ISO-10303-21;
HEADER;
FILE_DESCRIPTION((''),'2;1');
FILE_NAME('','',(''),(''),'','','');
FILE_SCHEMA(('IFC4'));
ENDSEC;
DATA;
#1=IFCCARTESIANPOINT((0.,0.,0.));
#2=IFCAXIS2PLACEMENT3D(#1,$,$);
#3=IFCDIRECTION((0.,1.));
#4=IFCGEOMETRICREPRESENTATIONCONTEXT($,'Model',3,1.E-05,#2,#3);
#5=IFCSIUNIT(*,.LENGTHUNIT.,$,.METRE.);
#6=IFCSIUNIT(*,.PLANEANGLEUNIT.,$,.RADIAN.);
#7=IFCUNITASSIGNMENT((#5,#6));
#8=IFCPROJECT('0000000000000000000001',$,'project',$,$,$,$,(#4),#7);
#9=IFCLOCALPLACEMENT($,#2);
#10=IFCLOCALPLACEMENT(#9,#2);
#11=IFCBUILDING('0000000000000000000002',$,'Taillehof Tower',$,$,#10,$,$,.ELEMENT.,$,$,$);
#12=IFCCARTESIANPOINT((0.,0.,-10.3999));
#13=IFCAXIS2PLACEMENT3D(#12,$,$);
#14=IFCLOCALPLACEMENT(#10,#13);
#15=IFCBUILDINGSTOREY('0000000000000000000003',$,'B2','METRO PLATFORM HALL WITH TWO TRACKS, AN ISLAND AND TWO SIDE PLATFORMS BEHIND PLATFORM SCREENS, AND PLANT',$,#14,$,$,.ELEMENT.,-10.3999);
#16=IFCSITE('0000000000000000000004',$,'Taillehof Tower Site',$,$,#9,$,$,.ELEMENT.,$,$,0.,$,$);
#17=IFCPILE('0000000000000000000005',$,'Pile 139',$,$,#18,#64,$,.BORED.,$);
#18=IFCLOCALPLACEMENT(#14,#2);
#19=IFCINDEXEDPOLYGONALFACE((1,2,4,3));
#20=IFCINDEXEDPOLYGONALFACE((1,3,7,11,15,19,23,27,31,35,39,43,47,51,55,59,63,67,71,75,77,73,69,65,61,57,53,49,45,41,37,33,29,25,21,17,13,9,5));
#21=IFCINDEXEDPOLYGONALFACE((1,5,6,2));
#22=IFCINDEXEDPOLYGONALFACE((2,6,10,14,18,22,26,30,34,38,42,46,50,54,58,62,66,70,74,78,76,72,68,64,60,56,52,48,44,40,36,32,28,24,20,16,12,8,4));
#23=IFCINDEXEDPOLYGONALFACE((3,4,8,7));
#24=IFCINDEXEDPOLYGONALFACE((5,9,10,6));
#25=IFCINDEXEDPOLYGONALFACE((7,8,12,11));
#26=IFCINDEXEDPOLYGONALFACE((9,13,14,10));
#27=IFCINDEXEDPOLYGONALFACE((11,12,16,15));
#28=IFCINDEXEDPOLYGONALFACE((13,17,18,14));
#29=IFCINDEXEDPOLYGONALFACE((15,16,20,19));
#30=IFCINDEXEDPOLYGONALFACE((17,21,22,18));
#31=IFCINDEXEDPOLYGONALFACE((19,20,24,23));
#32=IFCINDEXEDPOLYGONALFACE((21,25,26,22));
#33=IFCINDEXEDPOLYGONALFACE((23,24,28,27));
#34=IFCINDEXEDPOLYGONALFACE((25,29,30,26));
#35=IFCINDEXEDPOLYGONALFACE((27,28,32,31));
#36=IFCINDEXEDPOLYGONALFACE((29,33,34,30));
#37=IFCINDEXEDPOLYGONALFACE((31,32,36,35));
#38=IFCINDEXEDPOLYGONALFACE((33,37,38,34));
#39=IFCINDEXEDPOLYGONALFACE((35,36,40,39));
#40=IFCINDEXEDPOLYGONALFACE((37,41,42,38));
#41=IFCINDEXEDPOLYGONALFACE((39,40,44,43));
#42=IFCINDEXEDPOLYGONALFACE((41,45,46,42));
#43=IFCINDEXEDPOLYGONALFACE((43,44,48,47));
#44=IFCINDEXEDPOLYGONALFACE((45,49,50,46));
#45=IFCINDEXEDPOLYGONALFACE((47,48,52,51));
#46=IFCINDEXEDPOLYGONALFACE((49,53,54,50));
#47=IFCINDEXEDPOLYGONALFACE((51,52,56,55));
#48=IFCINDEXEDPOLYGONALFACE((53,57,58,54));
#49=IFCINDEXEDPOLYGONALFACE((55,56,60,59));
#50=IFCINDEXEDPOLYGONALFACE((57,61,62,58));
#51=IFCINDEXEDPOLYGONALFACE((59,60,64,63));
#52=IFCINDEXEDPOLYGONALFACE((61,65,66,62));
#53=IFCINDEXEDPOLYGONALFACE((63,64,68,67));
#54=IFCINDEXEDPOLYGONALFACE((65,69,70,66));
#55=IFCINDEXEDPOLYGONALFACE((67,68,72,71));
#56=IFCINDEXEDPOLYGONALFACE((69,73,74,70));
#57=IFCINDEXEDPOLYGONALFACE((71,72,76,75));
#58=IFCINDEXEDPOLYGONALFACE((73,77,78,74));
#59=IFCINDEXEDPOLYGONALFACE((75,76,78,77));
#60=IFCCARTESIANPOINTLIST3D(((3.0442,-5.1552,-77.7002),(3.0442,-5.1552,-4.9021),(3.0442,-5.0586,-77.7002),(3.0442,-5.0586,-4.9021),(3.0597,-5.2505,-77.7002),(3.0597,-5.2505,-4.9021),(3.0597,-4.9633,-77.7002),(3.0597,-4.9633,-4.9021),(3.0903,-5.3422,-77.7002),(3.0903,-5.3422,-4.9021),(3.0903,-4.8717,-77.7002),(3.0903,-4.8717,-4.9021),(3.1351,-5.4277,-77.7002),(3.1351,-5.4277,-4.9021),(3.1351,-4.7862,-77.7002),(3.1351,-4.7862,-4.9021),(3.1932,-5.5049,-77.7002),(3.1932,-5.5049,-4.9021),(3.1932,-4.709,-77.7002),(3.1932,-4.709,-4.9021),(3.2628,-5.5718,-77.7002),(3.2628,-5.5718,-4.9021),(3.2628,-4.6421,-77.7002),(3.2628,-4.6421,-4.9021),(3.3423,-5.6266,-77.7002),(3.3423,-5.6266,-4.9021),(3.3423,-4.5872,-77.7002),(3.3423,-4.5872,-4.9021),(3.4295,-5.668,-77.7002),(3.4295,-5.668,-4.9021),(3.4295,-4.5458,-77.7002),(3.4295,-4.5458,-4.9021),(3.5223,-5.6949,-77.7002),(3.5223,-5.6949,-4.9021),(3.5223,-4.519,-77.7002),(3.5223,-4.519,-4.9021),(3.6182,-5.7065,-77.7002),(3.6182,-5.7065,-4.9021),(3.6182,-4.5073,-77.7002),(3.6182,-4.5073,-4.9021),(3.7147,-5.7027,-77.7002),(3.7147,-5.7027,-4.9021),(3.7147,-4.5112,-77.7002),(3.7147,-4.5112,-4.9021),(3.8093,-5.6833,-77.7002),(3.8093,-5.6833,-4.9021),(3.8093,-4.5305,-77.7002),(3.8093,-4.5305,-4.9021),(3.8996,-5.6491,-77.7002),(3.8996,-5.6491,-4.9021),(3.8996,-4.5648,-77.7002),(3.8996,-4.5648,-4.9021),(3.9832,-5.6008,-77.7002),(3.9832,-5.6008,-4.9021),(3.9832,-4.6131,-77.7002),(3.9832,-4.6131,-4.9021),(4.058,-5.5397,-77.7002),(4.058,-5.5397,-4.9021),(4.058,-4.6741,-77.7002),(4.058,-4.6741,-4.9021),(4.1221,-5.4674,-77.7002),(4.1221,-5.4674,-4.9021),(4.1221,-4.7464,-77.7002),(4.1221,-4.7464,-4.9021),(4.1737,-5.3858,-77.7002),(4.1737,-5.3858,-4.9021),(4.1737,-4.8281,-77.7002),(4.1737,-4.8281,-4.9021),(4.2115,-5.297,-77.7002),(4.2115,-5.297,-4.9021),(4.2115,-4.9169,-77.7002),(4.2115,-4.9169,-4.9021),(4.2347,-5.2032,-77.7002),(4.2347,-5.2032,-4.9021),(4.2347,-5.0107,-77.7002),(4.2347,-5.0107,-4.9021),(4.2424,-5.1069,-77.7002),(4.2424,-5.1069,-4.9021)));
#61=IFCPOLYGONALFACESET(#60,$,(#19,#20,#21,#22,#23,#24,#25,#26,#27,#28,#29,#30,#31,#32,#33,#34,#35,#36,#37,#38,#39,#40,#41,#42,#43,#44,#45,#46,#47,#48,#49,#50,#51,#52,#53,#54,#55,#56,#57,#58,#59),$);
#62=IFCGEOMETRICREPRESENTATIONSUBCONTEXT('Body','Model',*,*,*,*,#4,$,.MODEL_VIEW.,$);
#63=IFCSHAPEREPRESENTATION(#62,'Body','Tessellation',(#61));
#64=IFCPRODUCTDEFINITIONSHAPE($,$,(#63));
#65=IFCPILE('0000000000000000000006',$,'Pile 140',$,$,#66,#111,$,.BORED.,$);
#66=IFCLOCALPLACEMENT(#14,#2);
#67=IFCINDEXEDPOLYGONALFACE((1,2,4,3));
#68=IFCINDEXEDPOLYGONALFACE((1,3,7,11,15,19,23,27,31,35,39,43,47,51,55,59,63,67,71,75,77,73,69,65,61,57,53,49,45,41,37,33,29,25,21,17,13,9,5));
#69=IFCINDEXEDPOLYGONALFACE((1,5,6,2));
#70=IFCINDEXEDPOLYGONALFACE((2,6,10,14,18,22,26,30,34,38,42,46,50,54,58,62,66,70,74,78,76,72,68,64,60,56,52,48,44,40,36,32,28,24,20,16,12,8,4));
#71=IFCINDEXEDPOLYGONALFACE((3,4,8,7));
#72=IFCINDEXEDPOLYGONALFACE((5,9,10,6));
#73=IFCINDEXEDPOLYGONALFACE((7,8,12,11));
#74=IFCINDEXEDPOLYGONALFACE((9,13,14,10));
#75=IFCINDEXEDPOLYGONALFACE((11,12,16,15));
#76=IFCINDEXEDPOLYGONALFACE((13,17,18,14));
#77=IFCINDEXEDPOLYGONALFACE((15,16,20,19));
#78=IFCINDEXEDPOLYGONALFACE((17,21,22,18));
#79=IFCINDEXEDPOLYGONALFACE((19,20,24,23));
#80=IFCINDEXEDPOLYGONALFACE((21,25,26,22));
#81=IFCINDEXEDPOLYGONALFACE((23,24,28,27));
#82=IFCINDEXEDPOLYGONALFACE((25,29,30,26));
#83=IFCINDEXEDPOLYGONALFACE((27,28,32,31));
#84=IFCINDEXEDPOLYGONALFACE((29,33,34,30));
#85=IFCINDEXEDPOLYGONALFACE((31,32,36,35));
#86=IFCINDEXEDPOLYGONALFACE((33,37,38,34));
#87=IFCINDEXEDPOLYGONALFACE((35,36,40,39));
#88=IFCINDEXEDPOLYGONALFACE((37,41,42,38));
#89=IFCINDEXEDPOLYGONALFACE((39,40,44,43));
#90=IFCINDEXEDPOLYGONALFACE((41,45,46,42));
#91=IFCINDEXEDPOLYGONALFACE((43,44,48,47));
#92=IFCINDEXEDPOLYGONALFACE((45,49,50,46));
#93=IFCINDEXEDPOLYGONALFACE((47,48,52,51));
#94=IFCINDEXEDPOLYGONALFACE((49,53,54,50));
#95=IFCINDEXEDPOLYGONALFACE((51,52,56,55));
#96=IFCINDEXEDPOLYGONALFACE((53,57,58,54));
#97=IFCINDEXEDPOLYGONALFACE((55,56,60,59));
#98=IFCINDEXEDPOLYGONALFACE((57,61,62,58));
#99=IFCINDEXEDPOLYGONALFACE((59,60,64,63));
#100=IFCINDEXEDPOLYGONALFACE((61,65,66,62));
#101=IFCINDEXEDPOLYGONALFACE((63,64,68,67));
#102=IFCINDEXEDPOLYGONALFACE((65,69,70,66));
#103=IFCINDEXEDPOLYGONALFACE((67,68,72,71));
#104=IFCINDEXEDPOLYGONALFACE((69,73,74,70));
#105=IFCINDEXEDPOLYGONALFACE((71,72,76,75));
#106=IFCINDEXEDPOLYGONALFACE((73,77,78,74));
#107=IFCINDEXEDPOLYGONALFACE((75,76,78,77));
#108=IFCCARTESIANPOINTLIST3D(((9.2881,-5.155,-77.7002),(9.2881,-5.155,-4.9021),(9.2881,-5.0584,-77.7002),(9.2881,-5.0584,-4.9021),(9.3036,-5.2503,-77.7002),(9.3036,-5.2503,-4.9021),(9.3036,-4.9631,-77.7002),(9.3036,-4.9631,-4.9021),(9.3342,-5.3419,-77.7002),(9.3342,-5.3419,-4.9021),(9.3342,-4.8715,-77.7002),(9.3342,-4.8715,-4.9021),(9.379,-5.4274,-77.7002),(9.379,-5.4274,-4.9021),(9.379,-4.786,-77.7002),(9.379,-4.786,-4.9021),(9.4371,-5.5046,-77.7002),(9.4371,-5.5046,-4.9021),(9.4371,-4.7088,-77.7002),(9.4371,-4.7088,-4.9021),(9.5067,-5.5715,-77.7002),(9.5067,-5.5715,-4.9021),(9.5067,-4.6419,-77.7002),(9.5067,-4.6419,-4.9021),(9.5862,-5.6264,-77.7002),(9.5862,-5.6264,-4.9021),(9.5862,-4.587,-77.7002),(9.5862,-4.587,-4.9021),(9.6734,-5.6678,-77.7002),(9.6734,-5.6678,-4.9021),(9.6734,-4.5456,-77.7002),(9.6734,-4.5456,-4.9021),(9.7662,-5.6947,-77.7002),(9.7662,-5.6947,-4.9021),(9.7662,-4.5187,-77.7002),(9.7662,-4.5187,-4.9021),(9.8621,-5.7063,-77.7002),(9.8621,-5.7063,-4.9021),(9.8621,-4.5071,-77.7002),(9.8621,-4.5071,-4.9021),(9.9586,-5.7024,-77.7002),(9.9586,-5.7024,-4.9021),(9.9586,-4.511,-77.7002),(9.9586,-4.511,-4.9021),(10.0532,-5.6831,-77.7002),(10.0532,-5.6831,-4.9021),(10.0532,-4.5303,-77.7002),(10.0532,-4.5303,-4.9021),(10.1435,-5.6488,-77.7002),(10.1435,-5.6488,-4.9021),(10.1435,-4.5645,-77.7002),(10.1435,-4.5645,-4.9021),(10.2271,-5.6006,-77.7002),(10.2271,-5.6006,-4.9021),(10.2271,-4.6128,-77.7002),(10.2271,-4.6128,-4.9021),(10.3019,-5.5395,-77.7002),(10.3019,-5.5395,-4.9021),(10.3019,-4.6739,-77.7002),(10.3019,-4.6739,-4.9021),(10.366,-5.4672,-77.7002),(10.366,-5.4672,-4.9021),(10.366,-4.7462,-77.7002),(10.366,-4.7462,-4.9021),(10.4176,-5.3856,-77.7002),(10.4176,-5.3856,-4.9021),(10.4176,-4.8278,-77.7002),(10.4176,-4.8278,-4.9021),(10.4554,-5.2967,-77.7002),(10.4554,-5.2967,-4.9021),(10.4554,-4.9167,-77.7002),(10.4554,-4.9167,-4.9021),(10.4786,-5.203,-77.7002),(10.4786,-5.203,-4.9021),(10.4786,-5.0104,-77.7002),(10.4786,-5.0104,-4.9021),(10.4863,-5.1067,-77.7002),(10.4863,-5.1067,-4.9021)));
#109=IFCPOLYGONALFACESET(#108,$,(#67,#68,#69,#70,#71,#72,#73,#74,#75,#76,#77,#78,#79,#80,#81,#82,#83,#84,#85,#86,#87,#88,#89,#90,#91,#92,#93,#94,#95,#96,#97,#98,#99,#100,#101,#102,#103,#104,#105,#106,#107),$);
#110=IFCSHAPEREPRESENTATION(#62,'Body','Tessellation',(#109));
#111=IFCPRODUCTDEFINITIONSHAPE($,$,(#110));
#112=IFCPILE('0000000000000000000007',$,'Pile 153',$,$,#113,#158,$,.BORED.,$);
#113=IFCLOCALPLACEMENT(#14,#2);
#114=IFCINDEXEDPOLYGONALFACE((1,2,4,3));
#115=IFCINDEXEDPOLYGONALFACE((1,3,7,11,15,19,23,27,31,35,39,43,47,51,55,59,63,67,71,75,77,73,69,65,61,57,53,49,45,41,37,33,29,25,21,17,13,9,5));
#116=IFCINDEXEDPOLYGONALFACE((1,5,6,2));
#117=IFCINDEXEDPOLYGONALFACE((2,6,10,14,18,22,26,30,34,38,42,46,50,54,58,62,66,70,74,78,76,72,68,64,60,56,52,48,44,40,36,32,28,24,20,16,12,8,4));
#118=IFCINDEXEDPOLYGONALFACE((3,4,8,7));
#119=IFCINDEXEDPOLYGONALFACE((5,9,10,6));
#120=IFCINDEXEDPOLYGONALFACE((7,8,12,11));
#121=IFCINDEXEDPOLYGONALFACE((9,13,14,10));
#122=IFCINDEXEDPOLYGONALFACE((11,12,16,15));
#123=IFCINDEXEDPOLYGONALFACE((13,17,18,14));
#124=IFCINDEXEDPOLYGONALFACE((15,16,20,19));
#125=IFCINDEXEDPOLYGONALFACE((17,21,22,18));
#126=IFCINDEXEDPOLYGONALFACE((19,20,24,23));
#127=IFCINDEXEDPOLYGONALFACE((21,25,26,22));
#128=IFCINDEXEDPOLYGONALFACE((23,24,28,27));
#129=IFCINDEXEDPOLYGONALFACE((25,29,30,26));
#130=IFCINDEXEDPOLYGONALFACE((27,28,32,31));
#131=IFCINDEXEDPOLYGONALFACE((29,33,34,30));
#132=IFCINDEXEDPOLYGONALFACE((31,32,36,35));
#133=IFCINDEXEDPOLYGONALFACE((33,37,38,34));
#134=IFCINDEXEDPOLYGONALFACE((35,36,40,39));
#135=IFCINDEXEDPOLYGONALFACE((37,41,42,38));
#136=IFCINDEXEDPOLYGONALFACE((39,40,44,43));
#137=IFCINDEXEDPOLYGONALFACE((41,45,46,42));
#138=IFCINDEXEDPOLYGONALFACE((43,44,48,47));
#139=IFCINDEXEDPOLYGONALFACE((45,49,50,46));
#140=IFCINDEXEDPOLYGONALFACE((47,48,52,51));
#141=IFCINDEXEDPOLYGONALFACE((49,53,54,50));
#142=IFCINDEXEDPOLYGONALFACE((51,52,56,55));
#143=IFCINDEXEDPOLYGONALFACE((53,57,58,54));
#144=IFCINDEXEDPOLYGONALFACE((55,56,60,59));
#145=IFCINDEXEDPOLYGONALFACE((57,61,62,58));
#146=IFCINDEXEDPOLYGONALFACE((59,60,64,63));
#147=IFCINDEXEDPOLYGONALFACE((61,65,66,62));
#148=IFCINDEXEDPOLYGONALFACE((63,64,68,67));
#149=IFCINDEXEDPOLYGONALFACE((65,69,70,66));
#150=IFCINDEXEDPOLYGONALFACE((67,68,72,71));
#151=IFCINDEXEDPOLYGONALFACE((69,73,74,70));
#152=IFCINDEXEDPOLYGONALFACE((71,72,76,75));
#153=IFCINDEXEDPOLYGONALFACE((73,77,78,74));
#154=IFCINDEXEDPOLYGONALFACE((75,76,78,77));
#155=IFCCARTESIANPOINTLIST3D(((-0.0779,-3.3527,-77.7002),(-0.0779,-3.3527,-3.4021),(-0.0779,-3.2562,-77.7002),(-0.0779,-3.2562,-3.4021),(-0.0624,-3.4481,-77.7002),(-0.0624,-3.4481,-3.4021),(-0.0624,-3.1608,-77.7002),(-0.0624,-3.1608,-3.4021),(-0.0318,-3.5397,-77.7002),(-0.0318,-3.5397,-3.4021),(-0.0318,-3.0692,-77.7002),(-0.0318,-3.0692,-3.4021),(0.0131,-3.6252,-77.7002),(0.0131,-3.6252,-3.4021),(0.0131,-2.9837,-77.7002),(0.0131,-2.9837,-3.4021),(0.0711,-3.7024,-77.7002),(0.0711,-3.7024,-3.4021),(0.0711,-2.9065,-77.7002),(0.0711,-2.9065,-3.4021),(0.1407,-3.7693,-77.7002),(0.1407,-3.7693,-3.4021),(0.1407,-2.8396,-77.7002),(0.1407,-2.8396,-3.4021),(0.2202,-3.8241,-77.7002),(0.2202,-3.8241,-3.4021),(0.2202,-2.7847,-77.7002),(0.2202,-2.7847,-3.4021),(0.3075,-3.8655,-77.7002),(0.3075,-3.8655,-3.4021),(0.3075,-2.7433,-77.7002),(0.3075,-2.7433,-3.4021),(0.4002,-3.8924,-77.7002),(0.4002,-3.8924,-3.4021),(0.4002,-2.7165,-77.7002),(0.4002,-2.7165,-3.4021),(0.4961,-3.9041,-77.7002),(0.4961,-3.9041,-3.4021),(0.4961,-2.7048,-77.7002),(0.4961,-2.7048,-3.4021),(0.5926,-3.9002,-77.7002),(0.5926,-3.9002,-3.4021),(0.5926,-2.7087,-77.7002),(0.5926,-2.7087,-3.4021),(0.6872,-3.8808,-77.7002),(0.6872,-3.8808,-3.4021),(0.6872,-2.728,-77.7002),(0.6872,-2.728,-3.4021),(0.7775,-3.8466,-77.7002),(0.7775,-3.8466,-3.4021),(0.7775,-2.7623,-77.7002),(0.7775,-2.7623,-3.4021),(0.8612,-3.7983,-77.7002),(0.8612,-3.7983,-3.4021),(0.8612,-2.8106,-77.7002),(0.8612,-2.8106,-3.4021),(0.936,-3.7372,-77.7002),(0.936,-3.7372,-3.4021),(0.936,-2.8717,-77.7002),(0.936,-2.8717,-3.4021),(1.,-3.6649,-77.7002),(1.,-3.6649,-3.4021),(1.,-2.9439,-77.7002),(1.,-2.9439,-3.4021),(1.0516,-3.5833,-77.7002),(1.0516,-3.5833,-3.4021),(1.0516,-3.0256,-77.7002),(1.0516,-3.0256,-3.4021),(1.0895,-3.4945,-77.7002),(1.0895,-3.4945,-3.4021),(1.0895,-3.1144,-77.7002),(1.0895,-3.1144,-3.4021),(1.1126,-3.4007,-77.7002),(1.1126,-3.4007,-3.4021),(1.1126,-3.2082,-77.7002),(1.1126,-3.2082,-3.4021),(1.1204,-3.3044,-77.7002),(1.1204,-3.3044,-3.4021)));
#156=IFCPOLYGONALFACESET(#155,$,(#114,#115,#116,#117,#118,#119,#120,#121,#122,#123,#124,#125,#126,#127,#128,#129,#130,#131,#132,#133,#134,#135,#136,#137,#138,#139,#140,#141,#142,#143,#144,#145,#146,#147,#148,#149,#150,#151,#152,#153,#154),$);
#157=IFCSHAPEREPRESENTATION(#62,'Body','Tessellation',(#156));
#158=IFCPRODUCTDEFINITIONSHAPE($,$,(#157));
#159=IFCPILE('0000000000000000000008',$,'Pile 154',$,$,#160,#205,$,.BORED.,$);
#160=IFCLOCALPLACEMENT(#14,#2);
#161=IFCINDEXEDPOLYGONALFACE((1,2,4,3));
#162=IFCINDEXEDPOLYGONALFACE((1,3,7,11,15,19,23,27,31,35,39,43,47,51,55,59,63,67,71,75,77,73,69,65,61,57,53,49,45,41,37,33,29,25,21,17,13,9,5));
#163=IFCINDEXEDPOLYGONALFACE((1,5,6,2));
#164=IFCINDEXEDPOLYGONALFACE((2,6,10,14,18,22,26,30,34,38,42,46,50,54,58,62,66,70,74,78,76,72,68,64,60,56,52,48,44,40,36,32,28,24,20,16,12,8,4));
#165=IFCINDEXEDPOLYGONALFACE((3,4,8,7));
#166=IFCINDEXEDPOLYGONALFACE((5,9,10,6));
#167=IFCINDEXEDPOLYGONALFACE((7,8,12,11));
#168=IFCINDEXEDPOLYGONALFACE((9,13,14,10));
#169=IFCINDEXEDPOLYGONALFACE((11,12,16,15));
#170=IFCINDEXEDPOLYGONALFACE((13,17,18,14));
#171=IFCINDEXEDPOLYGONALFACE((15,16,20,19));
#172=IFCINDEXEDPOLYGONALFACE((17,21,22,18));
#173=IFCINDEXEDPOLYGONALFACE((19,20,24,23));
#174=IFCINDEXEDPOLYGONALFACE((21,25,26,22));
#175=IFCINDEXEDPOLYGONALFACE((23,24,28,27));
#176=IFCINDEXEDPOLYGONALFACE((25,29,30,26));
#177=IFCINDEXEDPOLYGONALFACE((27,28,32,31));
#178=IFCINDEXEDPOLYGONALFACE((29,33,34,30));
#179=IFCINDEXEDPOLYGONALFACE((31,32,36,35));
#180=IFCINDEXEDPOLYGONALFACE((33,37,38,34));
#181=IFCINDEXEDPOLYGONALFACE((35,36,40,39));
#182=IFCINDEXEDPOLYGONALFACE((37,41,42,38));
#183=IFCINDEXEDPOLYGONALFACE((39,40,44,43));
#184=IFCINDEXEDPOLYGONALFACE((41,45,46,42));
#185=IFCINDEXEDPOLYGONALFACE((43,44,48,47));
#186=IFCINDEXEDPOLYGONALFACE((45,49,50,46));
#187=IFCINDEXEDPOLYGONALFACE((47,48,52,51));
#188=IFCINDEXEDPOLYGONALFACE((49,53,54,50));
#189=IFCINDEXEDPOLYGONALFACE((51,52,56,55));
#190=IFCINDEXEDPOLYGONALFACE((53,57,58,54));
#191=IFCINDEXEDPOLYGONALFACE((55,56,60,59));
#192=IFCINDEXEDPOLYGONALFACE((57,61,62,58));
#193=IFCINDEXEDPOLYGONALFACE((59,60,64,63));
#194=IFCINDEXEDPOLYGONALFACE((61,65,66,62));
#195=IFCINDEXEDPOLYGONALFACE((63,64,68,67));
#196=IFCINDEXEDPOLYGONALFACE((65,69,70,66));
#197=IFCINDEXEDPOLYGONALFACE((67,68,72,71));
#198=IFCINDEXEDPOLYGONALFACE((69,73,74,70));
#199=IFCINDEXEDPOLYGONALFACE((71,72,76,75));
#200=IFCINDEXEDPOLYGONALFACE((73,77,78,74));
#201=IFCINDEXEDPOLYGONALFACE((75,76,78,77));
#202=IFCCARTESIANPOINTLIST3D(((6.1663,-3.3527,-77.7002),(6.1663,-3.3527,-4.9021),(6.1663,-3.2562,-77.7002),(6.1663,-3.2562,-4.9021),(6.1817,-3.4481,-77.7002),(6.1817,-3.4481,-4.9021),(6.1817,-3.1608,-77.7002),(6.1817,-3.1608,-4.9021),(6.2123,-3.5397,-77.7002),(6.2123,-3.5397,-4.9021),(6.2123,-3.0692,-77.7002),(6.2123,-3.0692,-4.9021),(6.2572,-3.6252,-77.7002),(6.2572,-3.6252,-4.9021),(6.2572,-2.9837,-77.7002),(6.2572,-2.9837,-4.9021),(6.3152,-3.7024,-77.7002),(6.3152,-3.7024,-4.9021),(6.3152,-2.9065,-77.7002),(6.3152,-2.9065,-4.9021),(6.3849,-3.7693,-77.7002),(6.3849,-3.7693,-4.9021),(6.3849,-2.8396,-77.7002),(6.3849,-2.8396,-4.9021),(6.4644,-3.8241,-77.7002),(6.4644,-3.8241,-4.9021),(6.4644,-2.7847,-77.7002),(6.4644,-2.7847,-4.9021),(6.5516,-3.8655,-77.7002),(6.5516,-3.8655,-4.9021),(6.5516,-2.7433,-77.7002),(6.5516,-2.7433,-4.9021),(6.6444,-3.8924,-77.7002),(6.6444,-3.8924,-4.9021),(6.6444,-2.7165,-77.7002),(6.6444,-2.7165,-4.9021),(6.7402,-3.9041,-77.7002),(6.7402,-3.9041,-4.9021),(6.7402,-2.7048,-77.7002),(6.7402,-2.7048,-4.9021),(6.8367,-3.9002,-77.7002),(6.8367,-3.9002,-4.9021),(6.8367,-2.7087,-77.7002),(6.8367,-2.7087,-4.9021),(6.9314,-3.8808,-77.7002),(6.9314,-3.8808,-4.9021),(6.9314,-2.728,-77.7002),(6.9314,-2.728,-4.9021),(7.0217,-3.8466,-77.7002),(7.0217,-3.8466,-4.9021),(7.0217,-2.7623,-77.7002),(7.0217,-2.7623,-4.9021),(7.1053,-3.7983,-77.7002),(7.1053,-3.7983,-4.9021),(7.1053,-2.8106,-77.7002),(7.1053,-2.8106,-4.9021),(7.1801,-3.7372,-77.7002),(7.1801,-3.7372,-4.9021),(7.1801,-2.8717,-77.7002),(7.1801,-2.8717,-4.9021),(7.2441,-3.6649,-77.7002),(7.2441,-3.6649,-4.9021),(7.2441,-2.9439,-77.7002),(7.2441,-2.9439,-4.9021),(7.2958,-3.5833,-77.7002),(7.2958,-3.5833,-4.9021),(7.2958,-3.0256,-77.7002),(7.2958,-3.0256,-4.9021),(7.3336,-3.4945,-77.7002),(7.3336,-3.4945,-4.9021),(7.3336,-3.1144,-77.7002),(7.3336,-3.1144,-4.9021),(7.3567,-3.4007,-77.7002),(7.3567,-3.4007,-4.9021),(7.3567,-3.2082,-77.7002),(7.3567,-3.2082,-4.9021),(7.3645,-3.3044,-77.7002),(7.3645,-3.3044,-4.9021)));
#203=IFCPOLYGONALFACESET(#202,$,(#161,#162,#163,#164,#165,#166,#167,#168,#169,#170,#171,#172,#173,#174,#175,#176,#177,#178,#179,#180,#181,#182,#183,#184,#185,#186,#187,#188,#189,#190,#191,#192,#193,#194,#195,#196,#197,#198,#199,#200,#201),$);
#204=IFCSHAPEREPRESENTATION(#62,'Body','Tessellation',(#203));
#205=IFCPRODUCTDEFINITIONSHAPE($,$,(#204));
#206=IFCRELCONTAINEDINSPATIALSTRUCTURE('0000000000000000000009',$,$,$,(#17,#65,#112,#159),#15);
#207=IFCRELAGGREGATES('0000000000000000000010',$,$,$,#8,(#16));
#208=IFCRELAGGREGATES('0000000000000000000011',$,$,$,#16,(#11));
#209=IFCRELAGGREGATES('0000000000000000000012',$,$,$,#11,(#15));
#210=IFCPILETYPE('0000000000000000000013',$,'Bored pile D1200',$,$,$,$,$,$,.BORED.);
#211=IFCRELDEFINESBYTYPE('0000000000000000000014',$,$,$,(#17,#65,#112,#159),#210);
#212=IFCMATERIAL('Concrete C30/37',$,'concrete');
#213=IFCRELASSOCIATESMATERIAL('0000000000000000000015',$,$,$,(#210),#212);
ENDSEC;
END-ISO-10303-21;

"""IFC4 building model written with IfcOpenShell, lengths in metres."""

from ifc_helpers import new_model, si_unit, direction, frame, origin, origin_2d, place, context, subcontext, project, spatial, circle, extrude, material, material_profile, profile_set, type_object, element, save


model = new_model("IFC4")

# Units and contexts
model_context = context("Model", 3, precision=1e-05, world=origin(), true_north=direction((0.0, 1.0)))
body_context = subcontext(model_context, "Body", "Model", "MODEL_VIEW")
ifc_project = project(units=[si_unit("LENGTHUNIT", "METRE"), si_unit("PLANEANGLEUNIT", "RADIAN")], contexts=[model_context])

# Site, building, storey
site_placement = place(None, origin())
site = spatial("IfcSite", under=ifc_project, at=site_placement, Name="Taillehof Tower Site", CompositionType="ELEMENT", RefElevation=0.0)
building_placement = place(site_placement, origin())
building = spatial("IfcBuilding", under=site, at=building_placement, Name="Taillehof Tower", CompositionType="ELEMENT")
storey_placement = place(building_placement, frame((0.0, 0.0, -10.3999)))
storey = spatial("IfcBuildingStorey", under=building, at=storey_placement, Name="B2", Description="METRO PLATFORM HALL WITH TWO TRACKS, AN ISLAND AND TWO SIDE PLATFORMS BEHIND PLATFORM SCREENS, AND PLANT", CompositionType="ELEMENT", Elevation=-10.3999)

# Piles
ifc_material_1 = material(Name="Concrete C30/37", Category="concrete")
ifc_material_profile_1 = material_profile(ifc_material_1, circle(Radius=0.6001, at=origin_2d()), Name="BP D1200")
ifc_profile_set_1 = profile_set([ifc_material_profile_1], Name="Concrete C30/37")
pile_type = type_object("IfcPileType", Name="Bored pile D1200", PredefinedType="BORED", material=ifc_profile_set_1)
for number, where, z_axis, x_axis, name in (
    (1, (3.6423, -5.1069, -4.9021), (0.0, 0.0, -1.0), (1.0, 0.0, 0.0), "Pile 139"),
    (2, (9.8862, -5.1067, -4.9021), (0.0, 0.0, -1.0), (1.0, 0.0, 0.0), "Pile 140"),
):
    element("IfcPile", number, at=place(storey_placement, frame(where, z_axis=z_axis, x_axis=x_axis)), inside=storey, type_object=pile_type, Name=name, PredefinedType="BORED", context=body_context, shape_type="SweptSolid", body=[
        extrude(circle(Radius=0.6001, at=origin_2d()), origin(), (0.0, 0.0, 1.0), 72.7981),
    ])
pile_placement = place(storey_placement, frame((0.5203, -3.3044, -3.4021), z_axis=(0.0, 0.0, -1.0), x_axis=(1.0, 0.0, 0.0)))
element("IfcPile", 3, at=pile_placement, inside=storey, type_object=pile_type, Name="Pile 153", PredefinedType="BORED", context=body_context, shape_type="SweptSolid", body=[
    extrude(circle(Radius=0.6001, at=origin_2d()), origin(), (0.0, 0.0, 1.0), 74.2981),
])
for number, where, z_axis, x_axis, name in (
    (4, (6.7644, -3.3044, -4.9021), (0.0, 0.0, -1.0), (1.0, 0.0, 0.0), "Pile 154"),
):
    element("IfcPile", number, at=place(storey_placement, frame(where, z_axis=z_axis, x_axis=x_axis)), inside=storey, type_object=pile_type, Name=name, PredefinedType="BORED", context=body_context, shape_type="SweptSolid", body=[
        extrude(circle(Radius=0.6001, at=origin_2d()), origin(), (0.0, 0.0, 1.0), 72.7981),
    ])

save(model, "model.ifc")
